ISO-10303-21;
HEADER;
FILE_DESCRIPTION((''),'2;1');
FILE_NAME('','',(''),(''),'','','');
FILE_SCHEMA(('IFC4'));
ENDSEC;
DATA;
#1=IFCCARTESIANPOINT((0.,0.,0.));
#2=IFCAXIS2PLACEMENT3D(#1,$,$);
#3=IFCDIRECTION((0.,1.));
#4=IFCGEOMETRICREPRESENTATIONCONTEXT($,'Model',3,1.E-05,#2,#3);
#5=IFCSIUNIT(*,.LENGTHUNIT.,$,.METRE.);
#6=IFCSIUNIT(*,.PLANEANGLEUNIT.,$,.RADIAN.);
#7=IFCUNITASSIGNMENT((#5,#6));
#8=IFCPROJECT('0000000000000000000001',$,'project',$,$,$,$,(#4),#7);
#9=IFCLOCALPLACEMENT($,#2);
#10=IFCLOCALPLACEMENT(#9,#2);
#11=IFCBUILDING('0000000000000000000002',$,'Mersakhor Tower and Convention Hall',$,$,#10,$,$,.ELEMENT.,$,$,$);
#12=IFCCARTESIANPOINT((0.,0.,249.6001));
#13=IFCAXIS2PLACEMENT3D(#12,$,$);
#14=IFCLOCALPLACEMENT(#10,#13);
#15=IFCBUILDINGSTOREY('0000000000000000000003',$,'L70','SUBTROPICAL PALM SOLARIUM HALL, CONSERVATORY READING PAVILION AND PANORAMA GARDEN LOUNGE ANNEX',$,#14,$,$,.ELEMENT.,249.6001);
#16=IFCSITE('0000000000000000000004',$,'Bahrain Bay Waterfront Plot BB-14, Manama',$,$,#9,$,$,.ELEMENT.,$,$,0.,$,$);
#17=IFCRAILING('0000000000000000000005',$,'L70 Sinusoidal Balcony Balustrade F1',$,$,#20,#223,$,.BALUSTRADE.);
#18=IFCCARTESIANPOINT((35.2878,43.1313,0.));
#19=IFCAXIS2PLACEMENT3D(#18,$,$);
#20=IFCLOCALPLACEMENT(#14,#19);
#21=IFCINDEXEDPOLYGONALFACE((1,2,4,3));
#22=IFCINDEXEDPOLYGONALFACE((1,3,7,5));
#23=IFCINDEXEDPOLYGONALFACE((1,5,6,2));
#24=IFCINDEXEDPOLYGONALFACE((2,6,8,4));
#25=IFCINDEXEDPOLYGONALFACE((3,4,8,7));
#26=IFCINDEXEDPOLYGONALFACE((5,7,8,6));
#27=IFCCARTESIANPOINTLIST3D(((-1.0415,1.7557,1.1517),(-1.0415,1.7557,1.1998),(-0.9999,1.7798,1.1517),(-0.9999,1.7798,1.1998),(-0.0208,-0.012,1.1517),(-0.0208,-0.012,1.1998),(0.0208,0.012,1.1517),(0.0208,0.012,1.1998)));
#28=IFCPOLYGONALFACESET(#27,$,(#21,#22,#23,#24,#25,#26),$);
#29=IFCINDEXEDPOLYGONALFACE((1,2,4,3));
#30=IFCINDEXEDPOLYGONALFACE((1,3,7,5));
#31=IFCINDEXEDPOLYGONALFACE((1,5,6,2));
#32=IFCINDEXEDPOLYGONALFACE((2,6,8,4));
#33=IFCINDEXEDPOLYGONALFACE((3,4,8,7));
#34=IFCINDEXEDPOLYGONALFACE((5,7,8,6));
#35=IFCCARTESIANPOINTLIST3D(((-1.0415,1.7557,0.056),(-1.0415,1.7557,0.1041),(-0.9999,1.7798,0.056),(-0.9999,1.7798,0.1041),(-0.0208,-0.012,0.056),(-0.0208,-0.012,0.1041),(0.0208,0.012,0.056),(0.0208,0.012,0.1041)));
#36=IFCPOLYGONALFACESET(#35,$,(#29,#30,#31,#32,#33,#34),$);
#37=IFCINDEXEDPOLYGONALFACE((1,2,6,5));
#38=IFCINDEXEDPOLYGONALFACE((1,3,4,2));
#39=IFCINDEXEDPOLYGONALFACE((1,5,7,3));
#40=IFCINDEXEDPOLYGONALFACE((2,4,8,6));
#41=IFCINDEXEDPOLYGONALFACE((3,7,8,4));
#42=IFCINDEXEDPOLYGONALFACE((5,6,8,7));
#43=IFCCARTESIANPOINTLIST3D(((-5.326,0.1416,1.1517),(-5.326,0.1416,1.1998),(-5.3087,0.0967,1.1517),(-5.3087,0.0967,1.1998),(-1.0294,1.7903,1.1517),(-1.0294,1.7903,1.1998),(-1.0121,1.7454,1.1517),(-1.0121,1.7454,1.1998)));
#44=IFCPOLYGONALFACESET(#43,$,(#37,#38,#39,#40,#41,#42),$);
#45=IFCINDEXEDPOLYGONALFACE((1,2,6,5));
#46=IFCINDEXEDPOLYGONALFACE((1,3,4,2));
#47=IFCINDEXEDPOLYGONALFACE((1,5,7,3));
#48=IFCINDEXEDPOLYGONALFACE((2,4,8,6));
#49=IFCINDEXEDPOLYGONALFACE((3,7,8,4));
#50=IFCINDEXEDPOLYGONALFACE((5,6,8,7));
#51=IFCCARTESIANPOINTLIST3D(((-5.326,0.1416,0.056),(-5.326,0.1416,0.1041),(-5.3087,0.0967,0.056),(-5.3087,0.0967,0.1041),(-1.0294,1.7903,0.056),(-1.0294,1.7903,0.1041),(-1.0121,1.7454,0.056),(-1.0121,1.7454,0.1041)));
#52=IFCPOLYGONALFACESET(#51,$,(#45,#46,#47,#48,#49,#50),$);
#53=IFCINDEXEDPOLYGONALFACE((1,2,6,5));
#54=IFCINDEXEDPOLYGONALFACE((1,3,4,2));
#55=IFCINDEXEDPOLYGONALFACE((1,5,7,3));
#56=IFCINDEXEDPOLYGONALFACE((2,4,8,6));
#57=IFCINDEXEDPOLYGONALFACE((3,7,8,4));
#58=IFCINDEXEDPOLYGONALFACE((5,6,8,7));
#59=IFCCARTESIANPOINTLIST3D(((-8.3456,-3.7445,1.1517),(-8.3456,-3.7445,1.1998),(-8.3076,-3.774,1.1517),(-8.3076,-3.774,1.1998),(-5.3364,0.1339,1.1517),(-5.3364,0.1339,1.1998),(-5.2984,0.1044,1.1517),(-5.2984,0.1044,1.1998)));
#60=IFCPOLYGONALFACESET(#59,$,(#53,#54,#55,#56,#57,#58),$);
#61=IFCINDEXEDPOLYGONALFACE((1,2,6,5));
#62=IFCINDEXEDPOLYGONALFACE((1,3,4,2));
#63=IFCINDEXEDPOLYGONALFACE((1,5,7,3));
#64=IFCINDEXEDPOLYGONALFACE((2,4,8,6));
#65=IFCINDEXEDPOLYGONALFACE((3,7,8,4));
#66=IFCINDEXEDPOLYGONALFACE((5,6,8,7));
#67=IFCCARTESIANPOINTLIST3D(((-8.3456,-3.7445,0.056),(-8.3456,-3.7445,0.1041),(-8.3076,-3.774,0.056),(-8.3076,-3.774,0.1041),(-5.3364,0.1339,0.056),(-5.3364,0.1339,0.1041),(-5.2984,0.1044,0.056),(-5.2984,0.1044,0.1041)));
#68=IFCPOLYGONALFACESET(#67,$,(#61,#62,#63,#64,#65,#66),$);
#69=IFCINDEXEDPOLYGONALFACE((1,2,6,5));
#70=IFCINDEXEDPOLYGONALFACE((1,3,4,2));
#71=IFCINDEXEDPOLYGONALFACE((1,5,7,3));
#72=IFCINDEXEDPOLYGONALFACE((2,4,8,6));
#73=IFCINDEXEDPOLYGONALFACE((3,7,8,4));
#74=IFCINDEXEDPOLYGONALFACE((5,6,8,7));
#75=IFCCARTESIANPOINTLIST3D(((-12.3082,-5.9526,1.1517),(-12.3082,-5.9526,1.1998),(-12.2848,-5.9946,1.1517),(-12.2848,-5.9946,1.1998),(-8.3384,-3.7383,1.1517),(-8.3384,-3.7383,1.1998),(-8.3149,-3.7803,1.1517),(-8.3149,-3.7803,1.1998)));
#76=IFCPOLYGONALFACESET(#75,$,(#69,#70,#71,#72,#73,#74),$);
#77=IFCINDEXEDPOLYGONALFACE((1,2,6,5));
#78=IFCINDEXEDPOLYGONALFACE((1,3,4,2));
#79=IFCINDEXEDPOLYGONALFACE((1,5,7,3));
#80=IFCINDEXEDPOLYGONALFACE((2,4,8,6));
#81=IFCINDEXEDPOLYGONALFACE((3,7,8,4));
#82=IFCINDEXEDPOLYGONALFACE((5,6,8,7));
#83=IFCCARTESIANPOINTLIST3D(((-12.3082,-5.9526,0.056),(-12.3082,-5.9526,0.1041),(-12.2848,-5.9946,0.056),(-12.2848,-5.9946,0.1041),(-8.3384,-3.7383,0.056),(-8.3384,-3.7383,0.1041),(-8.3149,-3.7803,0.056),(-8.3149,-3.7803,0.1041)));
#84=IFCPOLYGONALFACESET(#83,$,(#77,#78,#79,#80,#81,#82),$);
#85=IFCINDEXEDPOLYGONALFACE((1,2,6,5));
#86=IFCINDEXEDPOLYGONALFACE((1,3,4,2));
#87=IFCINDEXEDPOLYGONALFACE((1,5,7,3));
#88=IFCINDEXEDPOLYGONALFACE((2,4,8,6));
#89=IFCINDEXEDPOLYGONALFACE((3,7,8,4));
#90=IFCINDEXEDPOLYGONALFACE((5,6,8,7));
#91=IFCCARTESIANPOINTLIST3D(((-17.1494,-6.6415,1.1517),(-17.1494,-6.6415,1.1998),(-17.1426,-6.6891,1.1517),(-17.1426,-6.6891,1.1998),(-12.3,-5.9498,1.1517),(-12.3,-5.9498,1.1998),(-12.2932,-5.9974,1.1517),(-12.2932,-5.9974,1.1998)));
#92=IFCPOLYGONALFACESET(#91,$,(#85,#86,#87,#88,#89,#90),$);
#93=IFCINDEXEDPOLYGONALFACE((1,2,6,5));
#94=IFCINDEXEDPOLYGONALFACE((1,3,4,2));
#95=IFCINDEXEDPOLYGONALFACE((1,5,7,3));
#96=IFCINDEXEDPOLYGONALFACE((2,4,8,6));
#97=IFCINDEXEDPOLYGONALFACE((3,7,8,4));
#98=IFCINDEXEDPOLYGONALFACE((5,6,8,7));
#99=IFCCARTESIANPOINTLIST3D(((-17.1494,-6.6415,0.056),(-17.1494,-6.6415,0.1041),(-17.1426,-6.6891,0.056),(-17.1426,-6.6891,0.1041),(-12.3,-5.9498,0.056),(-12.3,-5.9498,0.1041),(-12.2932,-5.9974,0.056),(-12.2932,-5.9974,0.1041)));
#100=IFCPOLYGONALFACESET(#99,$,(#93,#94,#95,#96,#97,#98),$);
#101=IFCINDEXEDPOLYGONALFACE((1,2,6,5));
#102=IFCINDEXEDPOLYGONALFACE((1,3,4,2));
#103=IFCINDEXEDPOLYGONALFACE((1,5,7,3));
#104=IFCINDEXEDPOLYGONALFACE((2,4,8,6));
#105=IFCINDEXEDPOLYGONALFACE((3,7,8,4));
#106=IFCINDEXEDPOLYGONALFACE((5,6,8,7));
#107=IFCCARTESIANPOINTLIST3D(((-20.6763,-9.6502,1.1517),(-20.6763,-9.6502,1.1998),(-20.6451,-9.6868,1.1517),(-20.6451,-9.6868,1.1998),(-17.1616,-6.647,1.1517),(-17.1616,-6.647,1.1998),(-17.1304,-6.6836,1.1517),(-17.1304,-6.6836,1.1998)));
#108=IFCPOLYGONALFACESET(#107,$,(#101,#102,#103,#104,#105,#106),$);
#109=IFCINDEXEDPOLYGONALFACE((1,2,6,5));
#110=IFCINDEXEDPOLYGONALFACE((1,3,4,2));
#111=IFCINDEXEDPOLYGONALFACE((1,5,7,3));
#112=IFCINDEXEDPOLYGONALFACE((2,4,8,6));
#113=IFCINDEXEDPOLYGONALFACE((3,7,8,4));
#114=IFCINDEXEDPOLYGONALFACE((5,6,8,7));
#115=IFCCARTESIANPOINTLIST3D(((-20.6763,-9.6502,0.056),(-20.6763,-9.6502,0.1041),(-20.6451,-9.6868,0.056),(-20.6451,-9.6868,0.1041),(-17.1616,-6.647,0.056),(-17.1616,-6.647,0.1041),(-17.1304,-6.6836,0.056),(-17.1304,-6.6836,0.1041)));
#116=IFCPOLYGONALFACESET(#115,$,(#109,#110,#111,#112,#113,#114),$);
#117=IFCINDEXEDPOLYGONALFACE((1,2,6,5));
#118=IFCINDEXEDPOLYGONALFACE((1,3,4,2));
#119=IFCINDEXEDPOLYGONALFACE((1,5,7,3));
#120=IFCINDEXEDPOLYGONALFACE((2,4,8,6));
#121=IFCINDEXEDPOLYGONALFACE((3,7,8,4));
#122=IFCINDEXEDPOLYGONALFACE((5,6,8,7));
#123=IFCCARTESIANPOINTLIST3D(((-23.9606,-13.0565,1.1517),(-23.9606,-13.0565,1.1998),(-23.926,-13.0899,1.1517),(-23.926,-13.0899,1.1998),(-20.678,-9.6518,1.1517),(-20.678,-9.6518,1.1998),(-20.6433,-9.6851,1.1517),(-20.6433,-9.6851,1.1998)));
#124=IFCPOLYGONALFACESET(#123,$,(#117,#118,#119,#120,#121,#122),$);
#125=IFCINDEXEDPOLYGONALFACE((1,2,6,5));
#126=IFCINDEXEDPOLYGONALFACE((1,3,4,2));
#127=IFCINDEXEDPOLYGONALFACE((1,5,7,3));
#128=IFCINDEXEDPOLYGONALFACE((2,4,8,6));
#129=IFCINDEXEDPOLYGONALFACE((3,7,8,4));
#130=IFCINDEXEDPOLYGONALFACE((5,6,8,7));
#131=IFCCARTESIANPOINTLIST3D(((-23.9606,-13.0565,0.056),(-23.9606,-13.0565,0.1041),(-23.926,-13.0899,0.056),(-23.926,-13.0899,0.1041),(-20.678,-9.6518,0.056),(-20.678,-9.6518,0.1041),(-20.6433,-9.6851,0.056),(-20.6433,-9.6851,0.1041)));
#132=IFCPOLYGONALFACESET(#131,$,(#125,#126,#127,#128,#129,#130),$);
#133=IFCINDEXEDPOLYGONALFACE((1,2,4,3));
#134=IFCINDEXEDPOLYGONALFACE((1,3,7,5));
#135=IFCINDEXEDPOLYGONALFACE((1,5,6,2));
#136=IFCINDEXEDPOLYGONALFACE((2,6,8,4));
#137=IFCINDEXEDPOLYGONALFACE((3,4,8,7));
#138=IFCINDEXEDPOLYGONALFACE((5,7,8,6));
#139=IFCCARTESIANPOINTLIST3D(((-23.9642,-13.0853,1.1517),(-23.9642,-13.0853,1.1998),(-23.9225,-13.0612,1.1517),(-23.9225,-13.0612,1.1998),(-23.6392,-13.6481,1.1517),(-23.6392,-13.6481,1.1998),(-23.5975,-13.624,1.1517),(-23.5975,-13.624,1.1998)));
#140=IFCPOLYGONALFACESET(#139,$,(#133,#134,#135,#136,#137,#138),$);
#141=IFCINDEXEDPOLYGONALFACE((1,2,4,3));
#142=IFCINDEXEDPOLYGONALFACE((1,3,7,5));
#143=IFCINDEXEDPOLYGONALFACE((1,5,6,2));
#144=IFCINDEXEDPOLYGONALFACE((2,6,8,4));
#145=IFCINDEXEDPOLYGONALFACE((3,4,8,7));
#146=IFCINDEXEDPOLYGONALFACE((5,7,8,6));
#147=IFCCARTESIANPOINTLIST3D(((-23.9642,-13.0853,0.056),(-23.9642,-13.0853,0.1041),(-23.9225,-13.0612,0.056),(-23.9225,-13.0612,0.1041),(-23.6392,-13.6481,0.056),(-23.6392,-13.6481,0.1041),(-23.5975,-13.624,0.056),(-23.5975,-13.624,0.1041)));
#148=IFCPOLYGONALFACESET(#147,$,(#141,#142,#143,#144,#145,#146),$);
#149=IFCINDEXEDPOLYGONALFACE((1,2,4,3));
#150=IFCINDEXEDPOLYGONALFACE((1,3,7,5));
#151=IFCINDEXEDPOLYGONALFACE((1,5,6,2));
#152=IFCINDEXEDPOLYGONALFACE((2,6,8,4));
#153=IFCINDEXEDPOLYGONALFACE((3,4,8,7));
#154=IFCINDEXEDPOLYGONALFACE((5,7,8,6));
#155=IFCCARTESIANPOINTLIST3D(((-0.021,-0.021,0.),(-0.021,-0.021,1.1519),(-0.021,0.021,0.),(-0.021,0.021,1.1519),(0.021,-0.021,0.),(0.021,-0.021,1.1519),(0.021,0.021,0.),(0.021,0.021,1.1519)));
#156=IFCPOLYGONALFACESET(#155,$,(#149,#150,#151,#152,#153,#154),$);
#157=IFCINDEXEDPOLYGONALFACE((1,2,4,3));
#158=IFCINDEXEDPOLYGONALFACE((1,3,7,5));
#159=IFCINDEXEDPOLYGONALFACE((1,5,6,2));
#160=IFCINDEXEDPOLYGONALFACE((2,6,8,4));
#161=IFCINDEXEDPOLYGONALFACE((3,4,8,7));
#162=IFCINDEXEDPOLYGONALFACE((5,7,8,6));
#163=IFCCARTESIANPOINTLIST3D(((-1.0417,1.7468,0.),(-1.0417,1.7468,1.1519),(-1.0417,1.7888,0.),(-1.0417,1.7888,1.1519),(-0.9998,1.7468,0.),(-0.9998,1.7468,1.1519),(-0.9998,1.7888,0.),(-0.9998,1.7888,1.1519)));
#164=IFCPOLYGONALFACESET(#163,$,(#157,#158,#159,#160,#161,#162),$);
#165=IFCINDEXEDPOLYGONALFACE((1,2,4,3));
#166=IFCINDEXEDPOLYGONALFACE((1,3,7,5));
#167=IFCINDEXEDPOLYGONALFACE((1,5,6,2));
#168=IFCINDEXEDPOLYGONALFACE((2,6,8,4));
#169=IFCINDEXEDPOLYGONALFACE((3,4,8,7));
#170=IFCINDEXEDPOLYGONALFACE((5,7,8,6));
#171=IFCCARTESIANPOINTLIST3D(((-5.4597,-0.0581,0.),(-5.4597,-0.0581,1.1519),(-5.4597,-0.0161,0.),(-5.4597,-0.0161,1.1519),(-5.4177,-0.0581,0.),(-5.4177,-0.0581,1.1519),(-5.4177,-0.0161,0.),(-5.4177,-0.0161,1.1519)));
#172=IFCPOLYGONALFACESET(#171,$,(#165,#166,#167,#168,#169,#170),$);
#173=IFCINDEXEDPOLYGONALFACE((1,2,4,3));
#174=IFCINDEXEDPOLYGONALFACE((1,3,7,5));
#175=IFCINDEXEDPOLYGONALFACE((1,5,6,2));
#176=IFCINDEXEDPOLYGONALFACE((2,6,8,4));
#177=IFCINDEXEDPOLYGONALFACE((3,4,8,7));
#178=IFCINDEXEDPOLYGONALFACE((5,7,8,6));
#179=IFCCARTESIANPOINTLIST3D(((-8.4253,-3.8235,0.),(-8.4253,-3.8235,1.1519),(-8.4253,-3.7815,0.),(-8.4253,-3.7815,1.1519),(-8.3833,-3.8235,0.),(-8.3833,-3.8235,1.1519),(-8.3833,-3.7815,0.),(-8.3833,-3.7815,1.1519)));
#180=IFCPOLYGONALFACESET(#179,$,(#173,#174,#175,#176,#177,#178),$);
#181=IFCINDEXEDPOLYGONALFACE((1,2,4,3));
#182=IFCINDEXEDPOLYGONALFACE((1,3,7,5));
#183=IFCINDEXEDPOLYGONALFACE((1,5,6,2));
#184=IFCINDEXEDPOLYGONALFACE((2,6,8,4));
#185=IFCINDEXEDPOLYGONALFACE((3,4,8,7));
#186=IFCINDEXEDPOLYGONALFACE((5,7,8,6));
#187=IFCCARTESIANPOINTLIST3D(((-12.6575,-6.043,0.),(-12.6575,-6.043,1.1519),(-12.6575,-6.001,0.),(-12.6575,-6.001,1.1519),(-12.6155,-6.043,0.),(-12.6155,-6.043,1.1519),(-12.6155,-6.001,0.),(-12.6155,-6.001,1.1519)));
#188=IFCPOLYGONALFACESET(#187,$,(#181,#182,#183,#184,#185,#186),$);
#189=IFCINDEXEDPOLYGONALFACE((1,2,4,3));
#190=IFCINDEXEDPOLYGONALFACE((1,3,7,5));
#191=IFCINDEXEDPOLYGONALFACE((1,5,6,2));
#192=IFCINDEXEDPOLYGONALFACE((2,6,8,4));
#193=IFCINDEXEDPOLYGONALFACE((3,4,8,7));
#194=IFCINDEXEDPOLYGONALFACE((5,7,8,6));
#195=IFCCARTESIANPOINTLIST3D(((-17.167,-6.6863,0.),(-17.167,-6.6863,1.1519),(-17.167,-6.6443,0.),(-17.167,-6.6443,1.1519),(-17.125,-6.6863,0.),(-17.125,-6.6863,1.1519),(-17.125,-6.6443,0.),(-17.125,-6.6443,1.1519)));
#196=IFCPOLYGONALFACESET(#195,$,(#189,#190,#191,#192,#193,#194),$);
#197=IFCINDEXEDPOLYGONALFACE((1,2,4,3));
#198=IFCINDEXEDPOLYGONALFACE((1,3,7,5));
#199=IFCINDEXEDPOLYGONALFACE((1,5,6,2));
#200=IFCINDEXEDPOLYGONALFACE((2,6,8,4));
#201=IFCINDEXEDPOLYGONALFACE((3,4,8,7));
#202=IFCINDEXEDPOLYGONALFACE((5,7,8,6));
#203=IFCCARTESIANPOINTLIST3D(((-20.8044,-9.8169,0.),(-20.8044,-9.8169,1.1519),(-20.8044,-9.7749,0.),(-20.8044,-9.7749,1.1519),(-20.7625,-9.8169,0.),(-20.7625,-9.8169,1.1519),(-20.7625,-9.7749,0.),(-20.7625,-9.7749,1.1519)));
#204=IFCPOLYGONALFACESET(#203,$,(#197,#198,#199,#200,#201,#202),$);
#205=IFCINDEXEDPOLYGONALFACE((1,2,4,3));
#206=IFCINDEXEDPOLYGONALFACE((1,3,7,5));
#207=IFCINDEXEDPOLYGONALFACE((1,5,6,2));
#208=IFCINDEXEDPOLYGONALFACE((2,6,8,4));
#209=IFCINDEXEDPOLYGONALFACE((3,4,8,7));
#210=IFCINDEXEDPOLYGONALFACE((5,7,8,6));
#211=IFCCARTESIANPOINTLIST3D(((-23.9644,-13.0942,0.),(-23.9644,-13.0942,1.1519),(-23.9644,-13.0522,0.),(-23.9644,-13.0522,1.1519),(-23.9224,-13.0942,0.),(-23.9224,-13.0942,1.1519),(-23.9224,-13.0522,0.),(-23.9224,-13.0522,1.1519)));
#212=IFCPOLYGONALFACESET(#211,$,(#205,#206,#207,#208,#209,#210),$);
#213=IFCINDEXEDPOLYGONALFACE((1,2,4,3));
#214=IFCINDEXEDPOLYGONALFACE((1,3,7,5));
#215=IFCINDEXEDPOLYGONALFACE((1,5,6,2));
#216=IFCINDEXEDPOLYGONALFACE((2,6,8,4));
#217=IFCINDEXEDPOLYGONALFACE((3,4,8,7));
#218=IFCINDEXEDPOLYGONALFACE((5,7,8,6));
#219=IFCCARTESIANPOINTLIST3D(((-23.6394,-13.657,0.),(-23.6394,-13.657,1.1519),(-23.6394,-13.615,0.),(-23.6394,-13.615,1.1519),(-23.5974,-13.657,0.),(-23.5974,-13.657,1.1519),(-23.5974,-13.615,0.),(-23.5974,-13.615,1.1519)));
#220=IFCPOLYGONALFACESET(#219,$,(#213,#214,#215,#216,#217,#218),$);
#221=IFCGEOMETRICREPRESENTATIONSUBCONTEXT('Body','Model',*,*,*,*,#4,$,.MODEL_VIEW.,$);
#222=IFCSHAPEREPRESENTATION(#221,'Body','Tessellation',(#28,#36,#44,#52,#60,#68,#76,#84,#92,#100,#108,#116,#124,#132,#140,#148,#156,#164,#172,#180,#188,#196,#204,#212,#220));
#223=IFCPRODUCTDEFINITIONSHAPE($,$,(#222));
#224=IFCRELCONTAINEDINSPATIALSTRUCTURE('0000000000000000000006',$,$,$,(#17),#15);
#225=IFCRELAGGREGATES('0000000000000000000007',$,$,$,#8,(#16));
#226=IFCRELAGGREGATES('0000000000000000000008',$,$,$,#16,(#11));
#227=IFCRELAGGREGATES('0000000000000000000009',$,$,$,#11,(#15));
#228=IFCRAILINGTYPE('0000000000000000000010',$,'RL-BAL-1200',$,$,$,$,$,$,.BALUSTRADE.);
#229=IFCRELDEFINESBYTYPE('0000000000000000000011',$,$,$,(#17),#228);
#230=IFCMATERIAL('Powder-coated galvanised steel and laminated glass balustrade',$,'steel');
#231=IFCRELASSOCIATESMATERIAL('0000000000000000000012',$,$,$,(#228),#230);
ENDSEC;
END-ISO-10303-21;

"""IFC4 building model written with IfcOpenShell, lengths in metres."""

from ifc_helpers import new_model, si_unit, direction, frame, origin, origin_2d, place, context, subcontext, project, spatial, rectangle, extrude, material, type_object, element, save


model = new_model("IFC4")

# Units and contexts
model_context = context("Model", 3, precision=1e-05, world=origin(), true_north=direction((0.0, 1.0)))
body_context = subcontext(model_context, "Body", "Model", "MODEL_VIEW")
ifc_project = project(units=[si_unit("LENGTHUNIT", "METRE"), si_unit("PLANEANGLEUNIT", "RADIAN")], contexts=[model_context])

# Site, building, storey
site_placement = place(None, origin())
site = spatial("IfcSite", under=ifc_project, at=site_placement, Name="Bahrain Bay Waterfront Plot BB-14, Manama", CompositionType="ELEMENT", RefElevation=0.0)
building_placement = place(site_placement, origin())
building = spatial("IfcBuilding", under=site, at=building_placement, Name="Mersakhor Tower and Convention Hall", CompositionType="ELEMENT")
storey_placement = place(building_placement, frame((0.0, 0.0, 249.6001)))
storey = spatial("IfcBuildingStorey", under=building, at=storey_placement, Name="L70", Description="SUBTROPICAL PALM SOLARIUM HALL, CONSERVATORY READING PAVILION AND PANORAMA GARDEN LOUNGE ANNEX", CompositionType="ELEMENT", Elevation=249.6001)

# Railing
ifc_material_1 = material(Name="Powder-coated galvanised steel and laminated glass balustrade", Category="steel")
railing_type = type_object("IfcRailingType", Name="RL-BAL-1200", PredefinedType="BALUSTRADE", material=ifc_material_1)
railing_placement = place(storey_placement, frame((35.2878, 43.1313, 0.0)))
element("IfcRailing", 1, at=railing_placement, inside=storey, type_object=railing_type, Name="L70 Sinusoidal Balcony Balustrade F1", PredefinedType="BALUSTRADE", context=body_context, shape_type="SweptSolid", body=[
    extrude(rectangle(XDim=0.0481, YDim=0.0481, at=origin_2d()), frame((0.0, 0.0, 1.1758), z_axis=(-0.500036, 0.866004, 0.0), x_axis=(-0.866004, -0.500036, 0.0)), (0.0, 0.0, 1.0), 2.0413),
    extrude(rectangle(XDim=0.0481, YDim=0.0481, at=origin_2d()), frame((0.0, 0.0, 0.0801), z_axis=(-0.500036, 0.866004, 0.0), x_axis=(-0.866004, -0.500036, 0.0)), (0.0, 0.0, 1.0), 2.0413),
    extrude(rectangle(XDim=0.0481, YDim=0.0481, at=origin_2d()), frame((-1.0208, 1.7678, 1.1758), z_axis=(-0.933627, -0.358247, 0.0), x_axis=(0.358247, -0.933627, 0.0)), (0.0, 0.0, 1.0), 4.6021),
    extrude(rectangle(XDim=0.0481, YDim=0.0481, at=origin_2d()), frame((-1.0208, 1.7678, 0.0801), z_axis=(-0.933627, -0.358247, 0.0), x_axis=(0.358247, -0.933627, 0.0)), (0.0, 0.0, 1.0), 4.6021),
    extrude(rectangle(XDim=0.0481, YDim=0.0481, at=origin_2d()), frame((-5.3174, 0.1191, 1.1758), z_axis=(-0.613017, -0.790069, 0.0), x_axis=(0.790069, -0.613017, 0.0)), (0.0, 0.0, 1.0), 4.9089),
    extrude(rectangle(XDim=0.0481, YDim=0.0481, at=origin_2d()), frame((-5.3174, 0.1191, 0.0801), z_axis=(-0.613017, -0.790069, 0.0), x_axis=(0.790069, -0.613017, 0.0)), (0.0, 0.0, 1.0), 4.9089),
    extrude(rectangle(XDim=0.0481, YDim=0.0481, at=origin_2d()), frame((-8.3267, -3.7593, 1.1758), z_axis=(-0.873333, -0.487124, 0.0), x_axis=(0.487124, -0.873333, 0.0)), (0.0, 0.0, 1.0), 4.5457),
    extrude(rectangle(XDim=0.0481, YDim=0.0481, at=origin_2d()), frame((-8.3267, -3.7593, 0.0801), z_axis=(-0.873333, -0.487124, 0.0), x_axis=(0.487124, -0.873333, 0.0)), (0.0, 0.0, 1.0), 4.5457),
    extrude(rectangle(XDim=0.0481, YDim=0.0481, at=origin_2d()), frame((-12.2966, -5.9736, 1.1758), z_axis=(-0.989981, -0.141198, 0.0), x_axis=(0.141198, -0.989981, 0.0)), (0.0, 0.0, 1.0), 4.8984),
    extrude(rectangle(XDim=0.0481, YDim=0.0481, at=origin_2d()), frame((-12.2966, -5.9736, 0.0801), z_axis=(-0.989981, -0.141198, 0.0), x_axis=(0.141198, -0.989981, 0.0)), (0.0, 0.0, 1.0), 4.8984),
    extrude(rectangle(XDim=0.0481, YDim=0.0481, at=origin_2d()), frame((-17.146, -6.6653, 1.1758), z_axis=(-0.760258, -0.649621, 0.0), x_axis=(0.649621, -0.760258, 0.0)), (0.0, 0.0, 1.0), 4.623),
    extrude(rectangle(XDim=0.0481, YDim=0.0481, at=origin_2d()), frame((-17.146, -6.6653, 0.0801), z_axis=(-0.760258, -0.649621, 0.0), x_axis=(0.649621, -0.760258, 0.0)), (0.0, 0.0, 1.0), 4.623),
    extrude(rectangle(XDim=0.0481, YDim=0.0481, at=origin_2d()), frame((-20.6606, -9.6685, 1.1758), z_axis=(-0.694084, -0.719894, 0.0), x_axis=(0.719894, -0.694084, 0.0)), (0.0, 0.0, 1.0), 4.7295),
    extrude(rectangle(XDim=0.0481, YDim=0.0481, at=origin_2d()), frame((-20.6606, -9.6685, 0.0801), z_axis=(-0.694084, -0.719894, 0.0), x_axis=(0.719894, -0.694084, 0.0)), (0.0, 0.0, 1.0), 4.7295),
    extrude(rectangle(XDim=0.0481, YDim=0.0481, at=origin_2d()), frame((-23.9434, -13.0732, 1.1758), z_axis=(0.500059, -0.865992, 0.0), x_axis=(0.865992, 0.500059, 0.0)), (0.0, 0.0, 1.0), 0.6499),
    extrude(rectangle(XDim=0.0481, YDim=0.0481, at=origin_2d()), frame((-23.9434, -13.0732, 0.0801), z_axis=(0.500059, -0.865992, 0.0), x_axis=(0.865992, 0.500059, 0.0)), (0.0, 0.0, 1.0), 0.6499),
    extrude(rectangle(XDim=0.042, YDim=0.042, at=origin_2d()), origin(), (0.0, 0.0, 1.0), 1.1519),
    extrude(rectangle(XDim=0.042, YDim=0.042, at=origin_2d()), frame((-1.0208, 1.7678, 0.0)), (0.0, 0.0, 1.0), 1.1519),
    extrude(rectangle(XDim=0.042, YDim=0.042, at=origin_2d()), frame((-5.4387, -0.0371, 0.0)), (0.0, 0.0, 1.0), 1.1519),
    extrude(rectangle(XDim=0.042, YDim=0.042, at=origin_2d()), frame((-8.4043, -3.8025, 0.0)), (0.0, 0.0, 1.0), 1.1519),
    extrude(rectangle(XDim=0.042, YDim=0.042, at=origin_2d()), frame((-12.6365, -6.022, 0.0)), (0.0, 0.0, 1.0), 1.1519),
    extrude(rectangle(XDim=0.042, YDim=0.042, at=origin_2d()), frame((-17.146, -6.6653, 0.0)), (0.0, 0.0, 1.0), 1.1519),
    extrude(rectangle(XDim=0.042, YDim=0.042, at=origin_2d()), frame((-20.7834, -9.7959, 0.0)), (0.0, 0.0, 1.0), 1.1519),
    extrude(rectangle(XDim=0.042, YDim=0.042, at=origin_2d()), frame((-23.9434, -13.0732, 0.0)), (0.0, 0.0, 1.0), 1.1519),
    extrude(rectangle(XDim=0.042, YDim=0.042, at=origin_2d()), frame((-23.6184, -13.636, 0.0)), (0.0, 0.0, 1.0), 1.1519),
])

save(model, "model.ifc")
